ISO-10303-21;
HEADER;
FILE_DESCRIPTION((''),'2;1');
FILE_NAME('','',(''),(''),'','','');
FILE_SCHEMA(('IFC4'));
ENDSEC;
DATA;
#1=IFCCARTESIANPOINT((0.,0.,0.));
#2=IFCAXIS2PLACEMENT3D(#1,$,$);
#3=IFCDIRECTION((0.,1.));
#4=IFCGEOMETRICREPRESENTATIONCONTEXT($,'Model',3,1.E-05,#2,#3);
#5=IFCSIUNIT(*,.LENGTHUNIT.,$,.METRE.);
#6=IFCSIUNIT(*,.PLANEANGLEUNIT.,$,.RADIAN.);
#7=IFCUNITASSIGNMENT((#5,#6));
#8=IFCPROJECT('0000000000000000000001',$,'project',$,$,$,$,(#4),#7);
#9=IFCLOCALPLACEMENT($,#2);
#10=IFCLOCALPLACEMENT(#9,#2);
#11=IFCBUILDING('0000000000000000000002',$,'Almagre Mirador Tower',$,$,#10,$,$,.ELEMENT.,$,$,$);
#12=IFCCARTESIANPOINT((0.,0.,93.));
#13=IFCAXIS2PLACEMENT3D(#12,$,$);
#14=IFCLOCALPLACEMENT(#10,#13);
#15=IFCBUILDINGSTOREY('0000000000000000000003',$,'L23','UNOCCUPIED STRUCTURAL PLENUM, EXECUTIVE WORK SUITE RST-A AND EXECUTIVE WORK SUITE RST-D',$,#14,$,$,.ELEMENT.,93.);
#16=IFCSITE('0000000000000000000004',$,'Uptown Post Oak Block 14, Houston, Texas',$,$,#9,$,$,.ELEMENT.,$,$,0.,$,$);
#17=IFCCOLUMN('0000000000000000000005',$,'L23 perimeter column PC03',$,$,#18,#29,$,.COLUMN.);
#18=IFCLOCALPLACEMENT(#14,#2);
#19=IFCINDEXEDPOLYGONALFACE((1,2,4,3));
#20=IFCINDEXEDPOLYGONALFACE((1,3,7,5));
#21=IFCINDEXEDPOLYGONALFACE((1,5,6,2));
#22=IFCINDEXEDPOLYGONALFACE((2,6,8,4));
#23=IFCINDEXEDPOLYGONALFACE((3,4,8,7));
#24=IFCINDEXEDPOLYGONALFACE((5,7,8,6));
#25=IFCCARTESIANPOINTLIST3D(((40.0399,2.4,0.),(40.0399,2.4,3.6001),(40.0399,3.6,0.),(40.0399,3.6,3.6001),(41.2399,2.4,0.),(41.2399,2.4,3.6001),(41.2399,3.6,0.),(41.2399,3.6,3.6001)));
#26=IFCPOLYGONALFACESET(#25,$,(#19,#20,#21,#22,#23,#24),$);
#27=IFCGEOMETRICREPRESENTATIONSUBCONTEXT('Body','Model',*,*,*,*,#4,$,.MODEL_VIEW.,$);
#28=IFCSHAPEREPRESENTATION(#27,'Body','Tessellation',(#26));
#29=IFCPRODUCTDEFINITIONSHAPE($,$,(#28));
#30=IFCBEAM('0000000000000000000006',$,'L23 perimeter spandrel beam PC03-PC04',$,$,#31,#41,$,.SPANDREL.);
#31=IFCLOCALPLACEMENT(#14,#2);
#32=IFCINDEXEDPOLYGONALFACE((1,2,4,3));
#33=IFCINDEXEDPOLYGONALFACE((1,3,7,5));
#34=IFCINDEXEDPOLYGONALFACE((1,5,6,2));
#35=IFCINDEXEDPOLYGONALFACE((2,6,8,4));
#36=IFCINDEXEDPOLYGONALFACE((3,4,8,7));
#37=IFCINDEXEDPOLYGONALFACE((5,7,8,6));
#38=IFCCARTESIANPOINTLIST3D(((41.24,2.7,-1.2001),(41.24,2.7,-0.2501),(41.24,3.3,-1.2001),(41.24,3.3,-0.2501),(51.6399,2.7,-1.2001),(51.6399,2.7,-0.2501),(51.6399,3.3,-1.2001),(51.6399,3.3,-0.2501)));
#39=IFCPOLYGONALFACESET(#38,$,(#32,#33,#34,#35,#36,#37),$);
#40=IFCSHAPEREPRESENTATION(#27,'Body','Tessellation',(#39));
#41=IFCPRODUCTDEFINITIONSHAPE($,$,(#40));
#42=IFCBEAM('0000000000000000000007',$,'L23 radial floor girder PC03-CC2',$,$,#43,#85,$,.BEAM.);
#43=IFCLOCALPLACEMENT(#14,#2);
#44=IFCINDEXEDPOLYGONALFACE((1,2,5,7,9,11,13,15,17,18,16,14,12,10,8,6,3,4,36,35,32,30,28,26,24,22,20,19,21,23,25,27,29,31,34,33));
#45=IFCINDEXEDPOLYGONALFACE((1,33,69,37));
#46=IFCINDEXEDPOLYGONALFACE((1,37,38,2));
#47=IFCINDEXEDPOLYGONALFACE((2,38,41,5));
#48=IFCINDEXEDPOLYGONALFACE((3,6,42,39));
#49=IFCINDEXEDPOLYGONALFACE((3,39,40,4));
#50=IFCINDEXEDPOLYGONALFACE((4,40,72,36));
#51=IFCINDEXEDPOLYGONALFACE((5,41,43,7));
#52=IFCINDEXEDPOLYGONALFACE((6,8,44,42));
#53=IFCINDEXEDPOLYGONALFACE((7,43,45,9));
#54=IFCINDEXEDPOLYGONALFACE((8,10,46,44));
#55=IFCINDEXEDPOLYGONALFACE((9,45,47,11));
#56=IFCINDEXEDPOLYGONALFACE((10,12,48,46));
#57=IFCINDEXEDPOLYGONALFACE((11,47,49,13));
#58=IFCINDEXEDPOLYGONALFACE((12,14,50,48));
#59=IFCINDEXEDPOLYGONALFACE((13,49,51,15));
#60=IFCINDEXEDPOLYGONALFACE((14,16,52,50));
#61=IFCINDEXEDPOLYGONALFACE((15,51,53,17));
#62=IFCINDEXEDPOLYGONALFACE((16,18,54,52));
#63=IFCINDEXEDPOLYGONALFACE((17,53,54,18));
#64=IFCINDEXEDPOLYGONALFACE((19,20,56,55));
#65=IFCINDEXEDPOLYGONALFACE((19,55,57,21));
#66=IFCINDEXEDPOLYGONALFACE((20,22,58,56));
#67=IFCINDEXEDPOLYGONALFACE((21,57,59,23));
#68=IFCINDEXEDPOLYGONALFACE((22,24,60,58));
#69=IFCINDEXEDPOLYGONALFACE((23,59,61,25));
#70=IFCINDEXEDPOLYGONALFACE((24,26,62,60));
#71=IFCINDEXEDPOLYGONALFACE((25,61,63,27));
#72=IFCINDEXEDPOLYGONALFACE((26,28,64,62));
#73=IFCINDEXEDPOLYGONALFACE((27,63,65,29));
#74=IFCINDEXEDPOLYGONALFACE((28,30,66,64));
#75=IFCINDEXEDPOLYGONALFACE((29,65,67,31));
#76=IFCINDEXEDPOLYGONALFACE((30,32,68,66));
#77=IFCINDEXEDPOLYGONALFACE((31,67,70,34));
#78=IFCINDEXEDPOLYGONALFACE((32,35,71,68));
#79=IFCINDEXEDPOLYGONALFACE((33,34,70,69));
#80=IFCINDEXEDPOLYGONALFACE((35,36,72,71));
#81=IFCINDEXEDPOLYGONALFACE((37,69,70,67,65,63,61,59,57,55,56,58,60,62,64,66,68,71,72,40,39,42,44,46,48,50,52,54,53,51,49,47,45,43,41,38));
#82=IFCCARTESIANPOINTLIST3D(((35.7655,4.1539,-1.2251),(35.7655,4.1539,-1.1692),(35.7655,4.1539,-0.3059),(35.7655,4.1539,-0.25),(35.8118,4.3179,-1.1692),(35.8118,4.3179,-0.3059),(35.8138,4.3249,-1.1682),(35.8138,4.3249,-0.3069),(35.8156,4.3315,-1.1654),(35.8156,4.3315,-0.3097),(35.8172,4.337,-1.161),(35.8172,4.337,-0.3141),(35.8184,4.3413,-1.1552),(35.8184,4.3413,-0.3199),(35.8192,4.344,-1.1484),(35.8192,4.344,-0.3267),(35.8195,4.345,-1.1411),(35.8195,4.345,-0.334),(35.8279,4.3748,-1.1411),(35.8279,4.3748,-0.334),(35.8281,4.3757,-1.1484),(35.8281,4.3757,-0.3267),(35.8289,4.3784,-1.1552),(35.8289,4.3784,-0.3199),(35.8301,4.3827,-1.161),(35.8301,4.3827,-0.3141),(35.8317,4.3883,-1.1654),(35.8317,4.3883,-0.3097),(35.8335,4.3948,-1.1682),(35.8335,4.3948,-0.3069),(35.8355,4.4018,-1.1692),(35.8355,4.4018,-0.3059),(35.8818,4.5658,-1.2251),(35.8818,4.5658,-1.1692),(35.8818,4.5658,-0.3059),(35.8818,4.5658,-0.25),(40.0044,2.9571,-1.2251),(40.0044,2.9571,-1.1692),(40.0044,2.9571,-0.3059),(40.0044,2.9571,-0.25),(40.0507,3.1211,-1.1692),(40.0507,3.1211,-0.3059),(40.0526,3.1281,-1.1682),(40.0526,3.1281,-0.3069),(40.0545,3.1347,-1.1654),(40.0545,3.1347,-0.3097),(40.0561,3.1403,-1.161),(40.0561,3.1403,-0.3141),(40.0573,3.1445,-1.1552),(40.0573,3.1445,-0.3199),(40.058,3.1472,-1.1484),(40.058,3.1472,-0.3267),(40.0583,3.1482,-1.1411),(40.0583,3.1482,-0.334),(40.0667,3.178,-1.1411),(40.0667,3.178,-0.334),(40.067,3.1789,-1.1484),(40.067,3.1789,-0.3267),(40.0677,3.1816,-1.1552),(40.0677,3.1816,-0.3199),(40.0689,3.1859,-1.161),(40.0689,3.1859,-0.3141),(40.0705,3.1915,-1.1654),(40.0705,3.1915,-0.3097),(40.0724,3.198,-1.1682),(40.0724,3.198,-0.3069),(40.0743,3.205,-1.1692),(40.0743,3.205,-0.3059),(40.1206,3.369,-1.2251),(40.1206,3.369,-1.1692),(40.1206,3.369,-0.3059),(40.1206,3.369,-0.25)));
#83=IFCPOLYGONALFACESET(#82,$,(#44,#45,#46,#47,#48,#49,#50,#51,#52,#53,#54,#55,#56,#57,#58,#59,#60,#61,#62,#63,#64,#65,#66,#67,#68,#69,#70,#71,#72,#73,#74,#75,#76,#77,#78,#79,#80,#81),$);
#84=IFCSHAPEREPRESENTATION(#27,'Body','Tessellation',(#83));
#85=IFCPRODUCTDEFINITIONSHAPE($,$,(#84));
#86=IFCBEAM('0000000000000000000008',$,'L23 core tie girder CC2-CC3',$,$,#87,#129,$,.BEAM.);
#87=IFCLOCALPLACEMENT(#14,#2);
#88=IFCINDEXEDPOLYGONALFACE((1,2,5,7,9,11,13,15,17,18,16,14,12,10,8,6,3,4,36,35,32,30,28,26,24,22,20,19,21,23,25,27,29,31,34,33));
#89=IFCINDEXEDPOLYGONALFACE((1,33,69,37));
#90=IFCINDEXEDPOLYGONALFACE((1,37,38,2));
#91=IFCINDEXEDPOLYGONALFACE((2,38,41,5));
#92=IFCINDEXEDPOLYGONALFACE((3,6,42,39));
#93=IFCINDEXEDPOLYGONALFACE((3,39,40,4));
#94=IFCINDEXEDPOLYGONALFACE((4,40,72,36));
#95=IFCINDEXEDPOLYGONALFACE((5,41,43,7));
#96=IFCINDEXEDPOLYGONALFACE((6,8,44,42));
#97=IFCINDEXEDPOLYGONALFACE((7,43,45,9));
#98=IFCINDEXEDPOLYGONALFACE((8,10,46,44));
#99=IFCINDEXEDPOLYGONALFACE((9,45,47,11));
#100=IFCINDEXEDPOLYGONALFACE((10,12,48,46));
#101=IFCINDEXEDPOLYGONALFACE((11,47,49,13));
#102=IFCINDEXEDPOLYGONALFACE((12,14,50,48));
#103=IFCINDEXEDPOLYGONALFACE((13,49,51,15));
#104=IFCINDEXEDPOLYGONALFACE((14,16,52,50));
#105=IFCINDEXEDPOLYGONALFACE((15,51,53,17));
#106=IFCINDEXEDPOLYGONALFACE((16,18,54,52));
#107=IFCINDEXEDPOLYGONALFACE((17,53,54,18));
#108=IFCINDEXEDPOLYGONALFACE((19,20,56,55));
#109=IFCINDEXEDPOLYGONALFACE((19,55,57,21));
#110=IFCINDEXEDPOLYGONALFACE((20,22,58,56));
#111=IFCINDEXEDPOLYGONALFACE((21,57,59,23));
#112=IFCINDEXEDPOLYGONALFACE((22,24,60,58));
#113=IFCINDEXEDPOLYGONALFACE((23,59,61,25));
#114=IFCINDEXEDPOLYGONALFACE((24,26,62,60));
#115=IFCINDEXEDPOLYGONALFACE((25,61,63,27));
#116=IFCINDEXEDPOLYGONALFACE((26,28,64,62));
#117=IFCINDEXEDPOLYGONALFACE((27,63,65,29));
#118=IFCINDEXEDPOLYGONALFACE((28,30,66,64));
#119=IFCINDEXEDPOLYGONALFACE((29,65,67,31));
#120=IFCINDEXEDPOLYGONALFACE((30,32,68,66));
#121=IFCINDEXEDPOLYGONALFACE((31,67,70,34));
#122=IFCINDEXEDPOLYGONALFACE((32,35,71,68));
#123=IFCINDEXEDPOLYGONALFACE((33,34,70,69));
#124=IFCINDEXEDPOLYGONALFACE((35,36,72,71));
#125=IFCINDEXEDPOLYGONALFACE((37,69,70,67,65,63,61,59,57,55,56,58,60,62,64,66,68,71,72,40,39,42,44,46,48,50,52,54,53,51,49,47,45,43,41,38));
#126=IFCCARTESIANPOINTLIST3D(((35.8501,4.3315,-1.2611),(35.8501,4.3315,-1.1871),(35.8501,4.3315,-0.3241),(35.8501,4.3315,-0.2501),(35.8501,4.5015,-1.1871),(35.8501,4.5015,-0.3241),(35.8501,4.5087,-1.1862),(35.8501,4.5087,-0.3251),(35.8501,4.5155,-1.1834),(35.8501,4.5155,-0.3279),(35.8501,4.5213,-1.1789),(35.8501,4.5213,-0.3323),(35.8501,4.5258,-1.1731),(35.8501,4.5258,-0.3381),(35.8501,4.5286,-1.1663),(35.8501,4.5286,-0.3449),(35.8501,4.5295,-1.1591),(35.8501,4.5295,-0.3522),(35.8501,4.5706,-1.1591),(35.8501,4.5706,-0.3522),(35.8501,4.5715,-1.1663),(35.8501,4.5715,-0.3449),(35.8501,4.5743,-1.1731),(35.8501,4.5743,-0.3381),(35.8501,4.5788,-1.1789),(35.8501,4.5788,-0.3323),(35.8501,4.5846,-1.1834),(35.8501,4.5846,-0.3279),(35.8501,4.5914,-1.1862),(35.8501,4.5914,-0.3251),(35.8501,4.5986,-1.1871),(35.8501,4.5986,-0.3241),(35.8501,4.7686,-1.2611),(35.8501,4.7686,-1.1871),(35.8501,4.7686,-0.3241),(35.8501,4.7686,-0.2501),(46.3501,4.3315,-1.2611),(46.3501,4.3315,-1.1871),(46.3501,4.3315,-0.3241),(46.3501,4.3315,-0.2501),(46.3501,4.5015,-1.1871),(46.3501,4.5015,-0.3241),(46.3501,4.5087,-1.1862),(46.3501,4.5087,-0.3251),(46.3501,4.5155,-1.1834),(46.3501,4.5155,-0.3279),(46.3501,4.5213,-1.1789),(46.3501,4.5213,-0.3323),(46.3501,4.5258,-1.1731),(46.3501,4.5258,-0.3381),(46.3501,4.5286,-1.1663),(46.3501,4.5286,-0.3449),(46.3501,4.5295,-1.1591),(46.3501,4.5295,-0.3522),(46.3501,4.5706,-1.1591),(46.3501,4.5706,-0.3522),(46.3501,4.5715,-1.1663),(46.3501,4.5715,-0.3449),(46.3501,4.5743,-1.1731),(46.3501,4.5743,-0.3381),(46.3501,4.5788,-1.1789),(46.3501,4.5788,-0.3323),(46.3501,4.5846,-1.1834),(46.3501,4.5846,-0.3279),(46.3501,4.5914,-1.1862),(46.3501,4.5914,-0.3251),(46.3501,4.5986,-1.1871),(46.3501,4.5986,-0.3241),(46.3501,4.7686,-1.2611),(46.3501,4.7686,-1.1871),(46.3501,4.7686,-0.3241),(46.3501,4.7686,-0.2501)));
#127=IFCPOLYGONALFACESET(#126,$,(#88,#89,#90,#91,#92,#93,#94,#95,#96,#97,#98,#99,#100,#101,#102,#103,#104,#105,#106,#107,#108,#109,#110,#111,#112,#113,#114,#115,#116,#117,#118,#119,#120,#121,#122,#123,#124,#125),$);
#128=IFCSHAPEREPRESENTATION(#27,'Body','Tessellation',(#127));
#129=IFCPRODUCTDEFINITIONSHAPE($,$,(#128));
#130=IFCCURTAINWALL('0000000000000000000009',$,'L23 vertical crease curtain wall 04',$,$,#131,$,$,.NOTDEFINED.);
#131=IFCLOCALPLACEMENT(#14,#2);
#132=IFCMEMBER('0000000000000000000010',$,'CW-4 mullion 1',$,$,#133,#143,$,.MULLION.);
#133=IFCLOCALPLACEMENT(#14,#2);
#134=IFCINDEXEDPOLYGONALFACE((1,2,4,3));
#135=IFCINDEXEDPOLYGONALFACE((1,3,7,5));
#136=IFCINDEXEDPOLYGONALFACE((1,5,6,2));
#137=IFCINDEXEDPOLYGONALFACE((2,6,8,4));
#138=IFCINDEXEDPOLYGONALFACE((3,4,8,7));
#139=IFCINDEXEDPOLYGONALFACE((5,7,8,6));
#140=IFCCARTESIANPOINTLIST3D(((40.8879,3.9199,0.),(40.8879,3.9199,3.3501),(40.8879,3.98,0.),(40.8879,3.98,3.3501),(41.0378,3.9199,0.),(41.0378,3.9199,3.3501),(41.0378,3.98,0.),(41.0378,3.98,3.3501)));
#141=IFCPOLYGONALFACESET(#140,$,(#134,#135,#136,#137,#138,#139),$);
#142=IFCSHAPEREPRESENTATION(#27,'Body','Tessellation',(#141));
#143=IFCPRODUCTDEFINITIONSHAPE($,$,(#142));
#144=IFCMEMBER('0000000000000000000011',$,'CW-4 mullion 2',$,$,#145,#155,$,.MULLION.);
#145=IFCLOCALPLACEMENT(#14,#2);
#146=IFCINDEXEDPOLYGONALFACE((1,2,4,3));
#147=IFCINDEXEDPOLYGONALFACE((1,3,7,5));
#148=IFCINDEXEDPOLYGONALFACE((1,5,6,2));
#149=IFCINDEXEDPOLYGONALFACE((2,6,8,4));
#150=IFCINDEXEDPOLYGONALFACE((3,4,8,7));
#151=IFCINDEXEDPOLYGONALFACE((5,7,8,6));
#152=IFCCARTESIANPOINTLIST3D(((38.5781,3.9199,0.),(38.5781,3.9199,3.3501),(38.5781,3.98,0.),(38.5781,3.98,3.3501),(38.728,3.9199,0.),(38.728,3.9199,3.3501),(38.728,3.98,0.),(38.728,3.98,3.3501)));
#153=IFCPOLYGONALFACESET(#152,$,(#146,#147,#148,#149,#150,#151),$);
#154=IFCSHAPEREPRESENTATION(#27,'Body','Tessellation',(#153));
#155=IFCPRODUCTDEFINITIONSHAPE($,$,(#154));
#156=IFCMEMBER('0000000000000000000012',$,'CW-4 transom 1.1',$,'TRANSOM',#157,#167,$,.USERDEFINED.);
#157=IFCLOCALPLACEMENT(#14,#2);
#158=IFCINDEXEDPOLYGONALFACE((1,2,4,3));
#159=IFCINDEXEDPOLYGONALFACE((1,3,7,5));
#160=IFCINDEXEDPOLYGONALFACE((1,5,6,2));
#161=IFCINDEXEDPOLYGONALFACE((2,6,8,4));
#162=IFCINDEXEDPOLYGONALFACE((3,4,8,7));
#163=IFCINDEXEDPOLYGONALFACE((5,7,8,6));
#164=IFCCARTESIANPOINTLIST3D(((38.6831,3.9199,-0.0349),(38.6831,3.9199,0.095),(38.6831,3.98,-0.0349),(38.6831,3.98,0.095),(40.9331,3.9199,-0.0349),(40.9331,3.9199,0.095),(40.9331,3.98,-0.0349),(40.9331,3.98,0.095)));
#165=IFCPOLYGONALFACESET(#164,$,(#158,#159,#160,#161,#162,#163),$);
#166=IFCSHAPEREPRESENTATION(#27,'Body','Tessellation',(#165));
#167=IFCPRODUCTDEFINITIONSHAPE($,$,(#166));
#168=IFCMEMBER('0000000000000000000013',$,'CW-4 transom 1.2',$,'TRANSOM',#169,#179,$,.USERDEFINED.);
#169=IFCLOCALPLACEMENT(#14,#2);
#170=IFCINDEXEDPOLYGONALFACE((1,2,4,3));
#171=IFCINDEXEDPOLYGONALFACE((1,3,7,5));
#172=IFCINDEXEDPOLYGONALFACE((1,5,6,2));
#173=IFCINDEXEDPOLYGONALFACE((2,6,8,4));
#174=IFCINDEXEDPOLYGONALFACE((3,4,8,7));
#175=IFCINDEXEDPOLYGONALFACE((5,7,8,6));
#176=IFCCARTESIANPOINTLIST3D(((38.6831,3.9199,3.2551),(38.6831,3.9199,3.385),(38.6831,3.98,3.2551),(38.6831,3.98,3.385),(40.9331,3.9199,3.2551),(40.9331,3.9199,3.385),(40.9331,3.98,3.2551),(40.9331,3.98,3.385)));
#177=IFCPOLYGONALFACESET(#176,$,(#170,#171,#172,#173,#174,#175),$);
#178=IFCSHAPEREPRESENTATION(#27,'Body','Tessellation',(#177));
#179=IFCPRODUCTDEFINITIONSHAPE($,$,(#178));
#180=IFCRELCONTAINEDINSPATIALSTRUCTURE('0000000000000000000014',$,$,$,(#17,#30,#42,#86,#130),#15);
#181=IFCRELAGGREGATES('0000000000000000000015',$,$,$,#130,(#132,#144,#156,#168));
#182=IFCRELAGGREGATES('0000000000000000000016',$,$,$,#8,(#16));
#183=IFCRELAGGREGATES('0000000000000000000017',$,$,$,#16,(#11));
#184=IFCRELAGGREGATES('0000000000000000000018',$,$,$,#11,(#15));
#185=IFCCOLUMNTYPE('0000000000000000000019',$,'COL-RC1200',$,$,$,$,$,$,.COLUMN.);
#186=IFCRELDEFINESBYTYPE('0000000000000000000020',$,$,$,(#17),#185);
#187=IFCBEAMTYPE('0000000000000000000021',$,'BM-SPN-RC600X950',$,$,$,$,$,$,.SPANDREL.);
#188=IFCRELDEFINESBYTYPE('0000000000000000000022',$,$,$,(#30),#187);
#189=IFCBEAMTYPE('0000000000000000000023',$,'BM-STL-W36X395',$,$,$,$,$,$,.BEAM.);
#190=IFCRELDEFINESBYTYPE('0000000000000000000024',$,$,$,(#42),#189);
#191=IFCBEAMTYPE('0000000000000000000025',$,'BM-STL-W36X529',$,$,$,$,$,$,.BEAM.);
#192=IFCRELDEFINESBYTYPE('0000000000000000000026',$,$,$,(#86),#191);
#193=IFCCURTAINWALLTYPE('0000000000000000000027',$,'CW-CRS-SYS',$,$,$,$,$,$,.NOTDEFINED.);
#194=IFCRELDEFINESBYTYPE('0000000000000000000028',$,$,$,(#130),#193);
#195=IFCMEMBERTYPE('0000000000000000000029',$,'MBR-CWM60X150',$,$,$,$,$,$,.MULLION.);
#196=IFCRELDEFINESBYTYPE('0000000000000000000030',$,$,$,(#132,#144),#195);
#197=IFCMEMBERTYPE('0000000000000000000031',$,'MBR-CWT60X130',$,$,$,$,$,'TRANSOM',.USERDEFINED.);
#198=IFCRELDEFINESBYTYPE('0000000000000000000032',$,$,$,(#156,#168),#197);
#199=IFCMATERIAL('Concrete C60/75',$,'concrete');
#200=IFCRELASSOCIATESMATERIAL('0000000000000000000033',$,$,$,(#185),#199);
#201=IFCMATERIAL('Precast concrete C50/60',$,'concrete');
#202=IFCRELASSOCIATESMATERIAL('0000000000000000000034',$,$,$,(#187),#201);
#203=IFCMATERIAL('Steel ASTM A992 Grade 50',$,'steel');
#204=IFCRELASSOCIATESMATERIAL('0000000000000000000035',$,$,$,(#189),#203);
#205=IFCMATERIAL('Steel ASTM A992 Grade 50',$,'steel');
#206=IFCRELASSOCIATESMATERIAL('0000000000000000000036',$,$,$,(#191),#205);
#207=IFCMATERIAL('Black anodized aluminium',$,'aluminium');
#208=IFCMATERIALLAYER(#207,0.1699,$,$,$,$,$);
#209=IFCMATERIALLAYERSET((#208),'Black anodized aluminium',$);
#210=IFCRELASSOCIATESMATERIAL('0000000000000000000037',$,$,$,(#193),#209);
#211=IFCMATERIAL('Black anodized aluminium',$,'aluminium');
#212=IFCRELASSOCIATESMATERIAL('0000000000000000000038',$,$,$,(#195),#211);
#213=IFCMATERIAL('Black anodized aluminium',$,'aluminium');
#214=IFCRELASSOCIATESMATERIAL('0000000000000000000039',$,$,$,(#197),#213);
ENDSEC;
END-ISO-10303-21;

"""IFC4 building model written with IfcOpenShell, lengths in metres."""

from ifc_helpers import new_model, si_unit, direction, frame, origin, origin_2d, place, context, subcontext, project, spatial, rectangle, i_section, extrude, material, layer, layer_set, material_profile, profile_set, type_object, element, aggregate, save


model = new_model("IFC4")

# Units and contexts
model_context = context("Model", 3, precision=1e-05, world=origin(), true_north=direction((0.0, 1.0)))
body_context = subcontext(model_context, "Body", "Model", "MODEL_VIEW")
ifc_project = project(units=[si_unit("LENGTHUNIT", "METRE"), si_unit("PLANEANGLEUNIT", "RADIAN")], contexts=[model_context])

# Site, building, storey
site_placement = place(None, origin())
site = spatial("IfcSite", under=ifc_project, at=site_placement, Name="Uptown Post Oak Block 14, Houston, Texas", CompositionType="ELEMENT", RefElevation=0.0)
building_placement = place(site_placement, origin())
building = spatial("IfcBuilding", under=site, at=building_placement, Name="Almagre Mirador Tower", CompositionType="ELEMENT")
storey_placement = place(building_placement, frame((0.0, 0.0, 93.0)))
storey = spatial("IfcBuildingStorey", under=building, at=storey_placement, Name="L23", Description="UNOCCUPIED STRUCTURAL PLENUM, EXECUTIVE WORK SUITE RST-A AND EXECUTIVE WORK SUITE RST-D", CompositionType="ELEMENT", Elevation=93.0)

# Column
ifc_material_1 = material(Name="Concrete C60/75", Category="concrete")
ifc_material_profile_1 = material_profile(ifc_material_1, rectangle(XDim=1.2, YDim=1.2, at=origin_2d()), Name="RC1200X1200")
ifc_profile_set_1 = profile_set([ifc_material_profile_1], Name="Concrete C60/75")
column_type = type_object("IfcColumnType", Name="COL-RC1200", PredefinedType="COLUMN", material=ifc_profile_set_1)
column_placement = place(storey_placement, frame((40.6399, 3.0, 0.0), z_axis=(0.0, 0.0, 1.0), x_axis=(1.0, 0.0, 0.0)))
element("IfcColumn", 1, at=column_placement, inside=storey, type_object=column_type, Name="L23 perimeter column PC03", PredefinedType="COLUMN", context=body_context, shape_type="SweptSolid", body=[
    extrude(rectangle(XDim=1.2, YDim=1.2, at=origin_2d()), origin(), (0.0, 0.0, 1.0), 3.6001),
])

# Beams
ifc_material_2 = material(Name="Precast concrete C50/60", Category="concrete")
ifc_material_profile_2 = material_profile(ifc_material_2, rectangle(XDim=0.6001, YDim=0.95, at=origin_2d()), Name="RC600X950")
ifc_profile_set_2 = profile_set([ifc_material_profile_2], Name="Precast concrete C50/60")
beam_type_1 = type_object("IfcBeamType", Name="BM-SPN-RC600X950", PredefinedType="SPANDREL", material=ifc_profile_set_2)
beam_1_placement = place(storey_placement, frame((41.24, 3.0, -0.7251), z_axis=(1.0, 0.0, 0.0), x_axis=(0.0, 1.0, 0.0)))
element("IfcBeam", 2, at=beam_1_placement, inside=storey, type_object=beam_type_1, Name="L23 perimeter spandrel beam PC03-PC04", PredefinedType="SPANDREL", context=body_context, shape_type="SweptSolid", body=[
    extrude(rectangle(XDim=0.6001, YDim=0.95, at=origin_2d()), origin(), (0.0, 0.0, 1.0), 10.3999),
])
ifc_material_3 = material(Name="Steel ASTM A992 Grade 50", Category="steel")
ifc_material_profile_3 = material_profile(ifc_material_3, i_section(OverallWidth=0.428, OverallDepth=0.9751, WebThickness=0.031, FlangeThickness=0.0559, FilletRadius=0.0281, at=origin_2d()), Name="W36X395")
ifc_profile_set_3 = profile_set([ifc_material_profile_3], Name="Steel ASTM A992 Grade 50")
beam_type_2 = type_object("IfcBeamType", Name="BM-STL-W36X395", PredefinedType="BEAM", material=ifc_profile_set_3)
beam_2_placement = place(storey_placement, frame((40.0625, 3.1631, -0.7375), z_axis=(-0.962377, 0.271718, 0.0), x_axis=(-0.271718, -0.962377, 0.0)))
element("IfcBeam", 3, at=beam_2_placement, inside=storey, type_object=beam_type_2, Name="L23 radial floor girder PC03-CC2", PredefinedType="BEAM", context=body_context, shape_type="SweptSolid", body=[
    extrude(i_section(OverallWidth=0.428, OverallDepth=0.9751, WebThickness=0.031, FlangeThickness=0.0559, FilletRadius=0.0281, at=origin_2d()), origin(), (0.0, 0.0, 1.0), 4.4045),
])
ifc_material_4 = material(Name="Steel ASTM A992 Grade 50", Category="steel")
ifc_material_profile_4 = material_profile(ifc_material_4, i_section(OverallWidth=0.437, OverallDepth=1.011, WebThickness=0.041, FlangeThickness=0.074, FilletRadius=0.0281, at=origin_2d()), Name="W36X529")
ifc_profile_set_4 = profile_set([ifc_material_profile_4], Name="Steel ASTM A992 Grade 50")
beam_type_3 = type_object("IfcBeamType", Name="BM-STL-W36X529", PredefinedType="BEAM", material=ifc_profile_set_4)
beam_3_placement = place(storey_placement, frame((35.8501, 4.55, -0.7556), z_axis=(1.0, 0.0, 0.0), x_axis=(0.0, 1.0, 0.0)))
element("IfcBeam", 4, at=beam_3_placement, inside=storey, type_object=beam_type_3, Name="L23 core tie girder CC2-CC3", PredefinedType="BEAM", context=body_context, shape_type="SweptSolid", body=[
    extrude(i_section(OverallWidth=0.437, OverallDepth=1.011, WebThickness=0.041, FlangeThickness=0.074, FilletRadius=0.0281, at=origin_2d()), origin(), (0.0, 0.0, 1.0), 10.5),
])

# Curtain wall, members
ifc_material_5 = material(Name="Black anodized aluminium", Category="aluminium")
ifc_layer_1 = layer(ifc_material_5, 0.1699)
ifc_layer_set_1 = layer_set([ifc_layer_1], Name="Black anodized aluminium")
curtain_wall_type = type_object("IfcCurtainWallType", Name="CW-CRS-SYS", PredefinedType="NOTDEFINED", material=ifc_layer_set_1)
curtain_wall_placement = place(storey_placement, origin())
curtain_wall = element("IfcCurtainWall", 5, at=curtain_wall_placement, inside=storey, type_object=curtain_wall_type, Name="L23 vertical crease curtain wall 04", PredefinedType="NOTDEFINED")
ifc_material_6 = material(Name="Black anodized aluminium", Category="aluminium")
ifc_material_profile_5 = material_profile(ifc_material_6, rectangle(XDim=0.0601, YDim=0.1499, at=origin_2d()), Name="CWM60X150")
ifc_profile_set_5 = profile_set([ifc_material_profile_5], Name="Black anodized aluminium")
member_type_1 = type_object("IfcMemberType", Name="MBR-CWM60X150", PredefinedType="MULLION", material=ifc_profile_set_5)
member_1_placement = place(storey_placement, frame((40.9629, 3.95, 0.0), z_axis=(0.0, 0.0, 1.0), x_axis=(0.0, -1.0, 0.0)))
member_1 = element("IfcMember", 6, at=member_1_placement, type_object=member_type_1, Name="CW-4 mullion 1", PredefinedType="MULLION", context=body_context, shape_type="SweptSolid", body=[
    extrude(rectangle(XDim=0.0601, YDim=0.1499, at=origin_2d()), origin(), (0.0, 0.0, 1.0), 3.3501),
])
member_2_placement = place(storey_placement, frame((38.6531, 3.95, 0.0), z_axis=(0.0, 0.0, 1.0), x_axis=(0.0, -1.0, 0.0)))
member_2 = element("IfcMember", 7, at=member_2_placement, type_object=member_type_1, Name="CW-4 mullion 2", PredefinedType="MULLION", context=body_context, shape_type="SweptSolid", body=[
    extrude(rectangle(XDim=0.0601, YDim=0.1499, at=origin_2d()), origin(), (0.0, 0.0, 1.0), 3.3501),
])
ifc_material_7 = material(Name="Black anodized aluminium", Category="aluminium")
ifc_material_profile_6 = material_profile(ifc_material_7, rectangle(XDim=0.0601, YDim=0.1299, at=origin_2d()), Name="CWT60X130")
ifc_profile_set_6 = profile_set([ifc_material_profile_6], Name="Black anodized aluminium")
member_type_2 = type_object("IfcMemberType", Name="MBR-CWT60X130", ElementType="TRANSOM", PredefinedType="USERDEFINED", material=ifc_profile_set_6)
member_3_placement = place(storey_placement, frame((40.9331, 3.95, 0.03), z_axis=(-1.0, 0.0, 0.0), x_axis=(0.0, -1.0, 0.0)))
member_3 = element("IfcMember", 8, at=member_3_placement, type_object=member_type_2, Name="CW-4 transom 1.1", ObjectType="TRANSOM", PredefinedType="USERDEFINED", context=body_context, shape_type="SweptSolid", body=[
    extrude(rectangle(XDim=0.0601, YDim=0.1299, at=origin_2d()), origin(), (0.0, 0.0, 1.0), 2.25),
])
member_4_placement = place(storey_placement, frame((40.9331, 3.95, 3.3201), z_axis=(-1.0, 0.0, 0.0), x_axis=(0.0, -1.0, 0.0)))
member_4 = element("IfcMember", 9, at=member_4_placement, type_object=member_type_2, Name="CW-4 transom 1.2", ObjectType="TRANSOM", PredefinedType="USERDEFINED", context=body_context, shape_type="SweptSolid", body=[
    extrude(rectangle(XDim=0.0601, YDim=0.1299, at=origin_2d()), origin(), (0.0, 0.0, 1.0), 2.25),
])
aggregate(curtain_wall, [member_1, member_2, member_3, member_4])

save(model, "model.ifc")
